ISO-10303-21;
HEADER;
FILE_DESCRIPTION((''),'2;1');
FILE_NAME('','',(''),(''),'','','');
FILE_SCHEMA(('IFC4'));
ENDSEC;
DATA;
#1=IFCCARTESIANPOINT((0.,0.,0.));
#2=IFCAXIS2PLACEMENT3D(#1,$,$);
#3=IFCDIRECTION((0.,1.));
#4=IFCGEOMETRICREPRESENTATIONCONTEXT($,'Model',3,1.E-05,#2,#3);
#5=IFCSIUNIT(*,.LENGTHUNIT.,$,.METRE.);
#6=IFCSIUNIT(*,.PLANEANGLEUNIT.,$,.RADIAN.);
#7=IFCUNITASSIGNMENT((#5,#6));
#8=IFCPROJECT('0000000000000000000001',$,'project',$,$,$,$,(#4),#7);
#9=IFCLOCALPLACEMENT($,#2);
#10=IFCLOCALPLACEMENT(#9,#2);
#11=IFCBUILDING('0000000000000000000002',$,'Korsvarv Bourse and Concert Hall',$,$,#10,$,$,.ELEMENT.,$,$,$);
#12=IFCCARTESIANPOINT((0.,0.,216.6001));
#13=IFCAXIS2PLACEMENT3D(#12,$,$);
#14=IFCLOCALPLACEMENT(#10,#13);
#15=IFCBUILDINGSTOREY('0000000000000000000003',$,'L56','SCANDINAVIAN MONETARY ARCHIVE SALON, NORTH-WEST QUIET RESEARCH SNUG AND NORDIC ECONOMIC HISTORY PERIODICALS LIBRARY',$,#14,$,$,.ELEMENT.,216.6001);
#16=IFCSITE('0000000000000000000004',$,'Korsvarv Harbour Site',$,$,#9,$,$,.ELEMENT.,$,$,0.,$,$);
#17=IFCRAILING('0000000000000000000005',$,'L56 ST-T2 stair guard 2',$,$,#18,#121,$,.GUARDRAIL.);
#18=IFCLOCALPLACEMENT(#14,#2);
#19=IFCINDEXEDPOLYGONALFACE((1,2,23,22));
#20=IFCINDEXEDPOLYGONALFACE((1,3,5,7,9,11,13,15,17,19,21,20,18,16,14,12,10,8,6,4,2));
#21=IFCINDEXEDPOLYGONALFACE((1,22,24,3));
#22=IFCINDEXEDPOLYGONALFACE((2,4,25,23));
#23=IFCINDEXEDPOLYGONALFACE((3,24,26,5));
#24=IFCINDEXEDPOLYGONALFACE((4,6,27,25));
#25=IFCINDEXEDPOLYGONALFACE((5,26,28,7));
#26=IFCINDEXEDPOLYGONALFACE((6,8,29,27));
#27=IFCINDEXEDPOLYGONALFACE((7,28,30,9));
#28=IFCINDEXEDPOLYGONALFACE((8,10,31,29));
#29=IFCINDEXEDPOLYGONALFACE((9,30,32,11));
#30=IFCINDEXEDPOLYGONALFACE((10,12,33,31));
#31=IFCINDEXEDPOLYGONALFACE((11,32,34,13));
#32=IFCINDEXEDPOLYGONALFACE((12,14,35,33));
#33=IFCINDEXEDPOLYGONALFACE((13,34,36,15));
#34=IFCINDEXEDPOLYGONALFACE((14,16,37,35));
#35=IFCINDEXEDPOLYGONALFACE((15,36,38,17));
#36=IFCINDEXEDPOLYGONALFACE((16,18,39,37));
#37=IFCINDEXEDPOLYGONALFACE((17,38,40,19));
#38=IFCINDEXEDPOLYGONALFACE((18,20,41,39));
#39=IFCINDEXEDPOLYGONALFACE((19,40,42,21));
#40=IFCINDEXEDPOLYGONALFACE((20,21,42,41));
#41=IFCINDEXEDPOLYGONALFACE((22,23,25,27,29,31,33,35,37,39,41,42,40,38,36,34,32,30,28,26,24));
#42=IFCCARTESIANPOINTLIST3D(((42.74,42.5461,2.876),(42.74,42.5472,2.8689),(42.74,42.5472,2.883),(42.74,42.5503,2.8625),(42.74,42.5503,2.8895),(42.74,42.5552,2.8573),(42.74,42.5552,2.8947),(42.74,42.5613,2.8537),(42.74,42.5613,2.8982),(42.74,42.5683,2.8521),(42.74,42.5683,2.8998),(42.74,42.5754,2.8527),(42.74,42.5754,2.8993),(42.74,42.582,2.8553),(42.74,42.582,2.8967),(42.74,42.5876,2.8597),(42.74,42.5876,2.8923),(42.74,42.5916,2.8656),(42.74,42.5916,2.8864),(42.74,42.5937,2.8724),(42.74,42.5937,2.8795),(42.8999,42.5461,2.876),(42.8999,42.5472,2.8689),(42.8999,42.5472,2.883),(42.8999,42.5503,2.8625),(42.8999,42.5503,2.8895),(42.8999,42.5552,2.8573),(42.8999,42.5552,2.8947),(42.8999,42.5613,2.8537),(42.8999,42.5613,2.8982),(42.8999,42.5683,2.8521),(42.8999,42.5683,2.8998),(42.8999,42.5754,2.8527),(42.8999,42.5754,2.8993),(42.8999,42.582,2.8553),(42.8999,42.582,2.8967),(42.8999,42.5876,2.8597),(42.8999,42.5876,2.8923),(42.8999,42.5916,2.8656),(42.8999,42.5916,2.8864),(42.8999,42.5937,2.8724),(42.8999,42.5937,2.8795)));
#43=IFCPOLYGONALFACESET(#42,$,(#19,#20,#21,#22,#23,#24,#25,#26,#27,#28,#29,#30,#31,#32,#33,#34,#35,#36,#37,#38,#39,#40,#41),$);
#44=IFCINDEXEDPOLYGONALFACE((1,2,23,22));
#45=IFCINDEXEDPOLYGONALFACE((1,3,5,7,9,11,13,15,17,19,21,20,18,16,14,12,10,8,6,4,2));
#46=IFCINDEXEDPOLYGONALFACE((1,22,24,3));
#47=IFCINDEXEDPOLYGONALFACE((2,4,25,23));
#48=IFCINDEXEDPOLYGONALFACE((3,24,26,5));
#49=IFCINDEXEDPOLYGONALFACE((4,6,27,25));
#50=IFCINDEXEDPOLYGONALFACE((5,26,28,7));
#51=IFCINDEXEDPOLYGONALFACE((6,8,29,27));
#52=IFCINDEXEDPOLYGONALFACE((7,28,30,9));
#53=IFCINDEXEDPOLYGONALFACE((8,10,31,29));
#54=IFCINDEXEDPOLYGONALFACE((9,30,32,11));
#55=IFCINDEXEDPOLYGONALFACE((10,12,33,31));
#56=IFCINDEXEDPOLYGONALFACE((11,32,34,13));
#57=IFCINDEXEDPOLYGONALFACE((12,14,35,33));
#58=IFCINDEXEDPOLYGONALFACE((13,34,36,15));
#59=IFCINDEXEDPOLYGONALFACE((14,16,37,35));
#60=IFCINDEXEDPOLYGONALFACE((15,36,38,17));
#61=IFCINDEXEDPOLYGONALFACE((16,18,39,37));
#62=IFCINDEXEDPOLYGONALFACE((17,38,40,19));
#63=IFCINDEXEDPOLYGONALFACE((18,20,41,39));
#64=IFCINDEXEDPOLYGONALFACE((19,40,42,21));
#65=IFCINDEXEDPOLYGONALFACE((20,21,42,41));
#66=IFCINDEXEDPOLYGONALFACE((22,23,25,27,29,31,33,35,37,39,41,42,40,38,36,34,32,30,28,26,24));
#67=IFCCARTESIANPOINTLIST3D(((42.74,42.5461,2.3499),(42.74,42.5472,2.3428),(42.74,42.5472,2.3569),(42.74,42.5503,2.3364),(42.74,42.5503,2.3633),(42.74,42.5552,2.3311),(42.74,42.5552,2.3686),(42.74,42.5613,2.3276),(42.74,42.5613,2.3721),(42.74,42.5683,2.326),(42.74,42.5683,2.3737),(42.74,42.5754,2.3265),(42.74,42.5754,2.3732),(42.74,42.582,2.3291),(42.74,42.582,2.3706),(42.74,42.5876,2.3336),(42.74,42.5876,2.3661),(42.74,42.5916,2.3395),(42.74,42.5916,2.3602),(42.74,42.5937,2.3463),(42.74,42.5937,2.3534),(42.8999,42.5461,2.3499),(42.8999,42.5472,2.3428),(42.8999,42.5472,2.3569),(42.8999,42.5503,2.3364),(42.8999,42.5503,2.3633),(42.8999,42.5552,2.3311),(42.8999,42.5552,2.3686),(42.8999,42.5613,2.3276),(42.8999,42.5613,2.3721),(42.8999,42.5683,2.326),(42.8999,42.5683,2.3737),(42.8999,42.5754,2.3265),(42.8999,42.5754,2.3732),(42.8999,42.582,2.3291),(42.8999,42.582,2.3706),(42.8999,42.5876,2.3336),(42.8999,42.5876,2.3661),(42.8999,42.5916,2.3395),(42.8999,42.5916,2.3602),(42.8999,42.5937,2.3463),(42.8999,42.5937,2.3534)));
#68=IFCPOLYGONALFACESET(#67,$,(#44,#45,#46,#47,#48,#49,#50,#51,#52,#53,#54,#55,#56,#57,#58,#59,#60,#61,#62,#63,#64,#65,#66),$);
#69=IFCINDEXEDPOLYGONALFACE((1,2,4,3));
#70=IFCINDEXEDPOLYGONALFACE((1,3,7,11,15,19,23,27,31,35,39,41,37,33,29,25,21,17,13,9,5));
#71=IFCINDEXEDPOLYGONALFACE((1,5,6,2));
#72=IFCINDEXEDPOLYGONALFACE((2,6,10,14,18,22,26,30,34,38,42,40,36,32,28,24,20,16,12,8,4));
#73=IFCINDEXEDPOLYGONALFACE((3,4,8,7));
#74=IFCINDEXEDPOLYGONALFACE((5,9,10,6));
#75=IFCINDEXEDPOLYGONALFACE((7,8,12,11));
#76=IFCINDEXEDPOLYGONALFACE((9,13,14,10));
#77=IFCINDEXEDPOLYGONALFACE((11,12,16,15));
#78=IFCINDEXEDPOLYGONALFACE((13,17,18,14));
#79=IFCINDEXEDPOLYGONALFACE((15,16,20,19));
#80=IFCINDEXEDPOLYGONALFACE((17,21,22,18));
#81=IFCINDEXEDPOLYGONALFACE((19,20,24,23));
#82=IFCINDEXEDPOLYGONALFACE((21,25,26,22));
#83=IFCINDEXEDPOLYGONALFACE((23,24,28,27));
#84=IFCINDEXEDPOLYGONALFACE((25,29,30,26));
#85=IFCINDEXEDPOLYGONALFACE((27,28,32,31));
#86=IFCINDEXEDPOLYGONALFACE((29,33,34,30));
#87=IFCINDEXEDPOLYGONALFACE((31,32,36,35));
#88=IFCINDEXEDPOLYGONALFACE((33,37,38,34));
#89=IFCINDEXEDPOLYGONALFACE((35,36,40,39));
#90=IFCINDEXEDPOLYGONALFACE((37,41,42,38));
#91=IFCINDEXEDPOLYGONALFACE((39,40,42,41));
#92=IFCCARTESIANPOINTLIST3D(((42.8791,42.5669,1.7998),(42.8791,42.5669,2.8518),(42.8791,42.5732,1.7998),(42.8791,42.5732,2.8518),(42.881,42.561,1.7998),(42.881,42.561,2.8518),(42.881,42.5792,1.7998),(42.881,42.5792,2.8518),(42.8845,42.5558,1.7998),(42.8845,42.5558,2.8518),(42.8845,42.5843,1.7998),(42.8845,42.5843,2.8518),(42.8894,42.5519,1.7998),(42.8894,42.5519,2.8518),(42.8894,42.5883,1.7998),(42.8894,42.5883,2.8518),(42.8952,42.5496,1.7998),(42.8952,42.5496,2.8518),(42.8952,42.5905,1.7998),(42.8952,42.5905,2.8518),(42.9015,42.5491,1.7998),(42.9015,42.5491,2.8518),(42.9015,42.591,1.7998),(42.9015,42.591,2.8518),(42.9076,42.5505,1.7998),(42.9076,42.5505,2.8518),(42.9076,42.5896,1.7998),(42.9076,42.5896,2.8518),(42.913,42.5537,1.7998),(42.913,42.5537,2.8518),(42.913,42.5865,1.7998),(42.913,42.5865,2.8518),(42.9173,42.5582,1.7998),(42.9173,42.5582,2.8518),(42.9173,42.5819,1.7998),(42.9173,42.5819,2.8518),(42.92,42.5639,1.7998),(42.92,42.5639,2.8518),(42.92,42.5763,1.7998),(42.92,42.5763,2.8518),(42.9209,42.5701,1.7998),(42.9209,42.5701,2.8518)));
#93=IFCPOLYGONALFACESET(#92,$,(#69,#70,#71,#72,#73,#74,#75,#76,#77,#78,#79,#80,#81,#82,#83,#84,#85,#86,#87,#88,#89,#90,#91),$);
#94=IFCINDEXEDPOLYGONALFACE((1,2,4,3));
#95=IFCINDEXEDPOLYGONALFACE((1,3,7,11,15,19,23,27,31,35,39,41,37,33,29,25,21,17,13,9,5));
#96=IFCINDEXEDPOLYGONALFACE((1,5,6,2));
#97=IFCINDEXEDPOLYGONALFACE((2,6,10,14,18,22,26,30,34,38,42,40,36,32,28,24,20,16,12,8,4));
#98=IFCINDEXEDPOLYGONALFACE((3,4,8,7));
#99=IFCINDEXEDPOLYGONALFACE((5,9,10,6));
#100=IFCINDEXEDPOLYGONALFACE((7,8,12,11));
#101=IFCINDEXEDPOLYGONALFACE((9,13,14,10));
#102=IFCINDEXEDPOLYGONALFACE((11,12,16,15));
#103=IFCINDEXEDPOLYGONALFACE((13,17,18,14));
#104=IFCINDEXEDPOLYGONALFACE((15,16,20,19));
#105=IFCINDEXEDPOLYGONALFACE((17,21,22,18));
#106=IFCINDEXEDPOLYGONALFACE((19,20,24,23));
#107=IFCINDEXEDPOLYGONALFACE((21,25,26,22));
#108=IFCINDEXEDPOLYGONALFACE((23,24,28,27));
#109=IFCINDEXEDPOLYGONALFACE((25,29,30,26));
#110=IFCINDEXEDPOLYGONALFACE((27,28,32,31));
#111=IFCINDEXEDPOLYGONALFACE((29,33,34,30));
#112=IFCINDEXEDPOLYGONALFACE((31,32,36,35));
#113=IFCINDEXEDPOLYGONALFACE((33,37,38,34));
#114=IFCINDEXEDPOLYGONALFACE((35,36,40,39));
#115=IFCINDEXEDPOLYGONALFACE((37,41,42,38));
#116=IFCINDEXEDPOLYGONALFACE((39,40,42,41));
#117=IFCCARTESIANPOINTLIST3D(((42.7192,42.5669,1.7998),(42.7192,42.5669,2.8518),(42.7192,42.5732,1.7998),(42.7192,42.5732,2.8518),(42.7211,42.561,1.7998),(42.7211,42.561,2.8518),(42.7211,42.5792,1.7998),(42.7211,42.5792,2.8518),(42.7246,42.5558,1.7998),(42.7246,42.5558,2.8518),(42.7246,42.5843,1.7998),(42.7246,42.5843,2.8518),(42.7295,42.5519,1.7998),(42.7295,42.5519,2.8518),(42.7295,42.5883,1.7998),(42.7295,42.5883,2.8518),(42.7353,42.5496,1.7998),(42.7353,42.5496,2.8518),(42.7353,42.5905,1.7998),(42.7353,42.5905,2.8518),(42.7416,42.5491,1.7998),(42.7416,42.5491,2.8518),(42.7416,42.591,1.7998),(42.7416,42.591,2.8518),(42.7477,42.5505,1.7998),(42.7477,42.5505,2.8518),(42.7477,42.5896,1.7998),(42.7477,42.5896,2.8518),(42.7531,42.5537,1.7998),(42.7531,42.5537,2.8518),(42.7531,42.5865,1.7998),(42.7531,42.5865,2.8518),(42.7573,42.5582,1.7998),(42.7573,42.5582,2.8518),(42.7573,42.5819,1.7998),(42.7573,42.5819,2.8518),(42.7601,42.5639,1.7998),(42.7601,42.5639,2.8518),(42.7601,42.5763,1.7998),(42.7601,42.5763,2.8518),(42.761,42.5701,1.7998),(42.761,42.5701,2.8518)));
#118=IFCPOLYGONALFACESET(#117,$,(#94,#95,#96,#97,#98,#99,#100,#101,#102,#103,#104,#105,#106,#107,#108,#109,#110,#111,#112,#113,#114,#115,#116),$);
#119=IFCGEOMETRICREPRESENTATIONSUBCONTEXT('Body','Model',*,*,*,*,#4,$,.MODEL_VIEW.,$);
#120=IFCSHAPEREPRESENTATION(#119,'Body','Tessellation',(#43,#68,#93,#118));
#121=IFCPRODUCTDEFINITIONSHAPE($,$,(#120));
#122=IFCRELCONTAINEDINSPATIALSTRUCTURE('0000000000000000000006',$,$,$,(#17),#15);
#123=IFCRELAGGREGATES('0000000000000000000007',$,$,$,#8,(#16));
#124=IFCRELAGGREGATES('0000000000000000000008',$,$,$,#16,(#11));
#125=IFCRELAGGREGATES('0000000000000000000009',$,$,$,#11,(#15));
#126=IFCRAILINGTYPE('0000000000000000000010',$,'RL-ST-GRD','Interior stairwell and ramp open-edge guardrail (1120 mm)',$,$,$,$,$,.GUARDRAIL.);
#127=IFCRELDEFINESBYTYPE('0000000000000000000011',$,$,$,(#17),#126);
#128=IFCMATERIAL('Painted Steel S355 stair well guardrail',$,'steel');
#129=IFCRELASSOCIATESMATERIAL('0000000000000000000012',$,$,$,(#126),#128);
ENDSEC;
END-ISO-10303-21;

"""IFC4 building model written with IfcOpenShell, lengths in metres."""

from ifc_helpers import new_model, si_unit, direction, frame, origin, origin_2d, place, context, subcontext, project, spatial, circle, extrude, material, type_object, element, save


model = new_model("IFC4")

# Units and contexts
model_context = context("Model", 3, precision=1e-05, world=origin(), true_north=direction((0.0, 1.0)))
body_context = subcontext(model_context, "Body", "Model", "MODEL_VIEW")
ifc_project = project(units=[si_unit("LENGTHUNIT", "METRE"), si_unit("PLANEANGLEUNIT", "RADIAN")], contexts=[model_context])

# Site, building, storey
site_placement = place(None, origin())
site = spatial("IfcSite", under=ifc_project, at=site_placement, Name="Korsvarv Harbour Site", CompositionType="ELEMENT", RefElevation=0.0)
building_placement = place(site_placement, origin())
building = spatial("IfcBuilding", under=site, at=building_placement, Name="Korsvarv Bourse and Concert Hall", CompositionType="ELEMENT")
storey_placement = place(building_placement, frame((0.0, 0.0, 216.6001)))
storey = spatial("IfcBuildingStorey", under=building, at=storey_placement, Name="L56", Description="SCANDINAVIAN MONETARY ARCHIVE SALON, NORTH-WEST QUIET RESEARCH SNUG AND NORDIC ECONOMIC HISTORY PERIODICALS LIBRARY", CompositionType="ELEMENT", Elevation=216.6001)

# Railing
ifc_material_1 = material(Name="Painted Steel S355 stair well guardrail", Category="steel")
railing_type_1 = type_object("IfcRailingType", Name="RL-ST-GRD", Description="Interior stairwell and ramp open-edge guardrail (1120 mm)", PredefinedType="GUARDRAIL", material=ifc_material_1)
railing_1_placement = place(storey_placement, frame((42.8999, 42.5701, 1.7998)))
element("IfcRailing", 1, at=railing_1_placement, inside=storey, type_object=railing_type_1, Name="L56 ST-T2 stair guard 2", PredefinedType="GUARDRAIL", context=body_context, shape_type="SweptSolid", body=[
    extrude(circle(Radius=0.0239, at=origin_2d()), frame((0.0, 0.0, 1.0762), z_axis=(-1.0, 0.0, 0.0), x_axis=(0.0, -1.0, 0.0)), (0.0, 0.0, 1.0), 0.1599),
    extrude(circle(Radius=0.0239, at=origin_2d()), frame((0.0, 0.0, 0.55), z_axis=(-1.0, 0.0, 0.0), x_axis=(0.0, -1.0, 0.0)), (0.0, 0.0, 1.0), 0.1599),
    extrude(circle(Radius=0.021, at=origin_2d()), origin(), (0.0, 0.0, 1.0), 1.052),
    extrude(circle(Radius=0.021, at=origin_2d()), frame((-0.1599, 0.0, 0.0)), (0.0, 0.0, 1.0), 1.052),
])

save(model, "model.ifc")
